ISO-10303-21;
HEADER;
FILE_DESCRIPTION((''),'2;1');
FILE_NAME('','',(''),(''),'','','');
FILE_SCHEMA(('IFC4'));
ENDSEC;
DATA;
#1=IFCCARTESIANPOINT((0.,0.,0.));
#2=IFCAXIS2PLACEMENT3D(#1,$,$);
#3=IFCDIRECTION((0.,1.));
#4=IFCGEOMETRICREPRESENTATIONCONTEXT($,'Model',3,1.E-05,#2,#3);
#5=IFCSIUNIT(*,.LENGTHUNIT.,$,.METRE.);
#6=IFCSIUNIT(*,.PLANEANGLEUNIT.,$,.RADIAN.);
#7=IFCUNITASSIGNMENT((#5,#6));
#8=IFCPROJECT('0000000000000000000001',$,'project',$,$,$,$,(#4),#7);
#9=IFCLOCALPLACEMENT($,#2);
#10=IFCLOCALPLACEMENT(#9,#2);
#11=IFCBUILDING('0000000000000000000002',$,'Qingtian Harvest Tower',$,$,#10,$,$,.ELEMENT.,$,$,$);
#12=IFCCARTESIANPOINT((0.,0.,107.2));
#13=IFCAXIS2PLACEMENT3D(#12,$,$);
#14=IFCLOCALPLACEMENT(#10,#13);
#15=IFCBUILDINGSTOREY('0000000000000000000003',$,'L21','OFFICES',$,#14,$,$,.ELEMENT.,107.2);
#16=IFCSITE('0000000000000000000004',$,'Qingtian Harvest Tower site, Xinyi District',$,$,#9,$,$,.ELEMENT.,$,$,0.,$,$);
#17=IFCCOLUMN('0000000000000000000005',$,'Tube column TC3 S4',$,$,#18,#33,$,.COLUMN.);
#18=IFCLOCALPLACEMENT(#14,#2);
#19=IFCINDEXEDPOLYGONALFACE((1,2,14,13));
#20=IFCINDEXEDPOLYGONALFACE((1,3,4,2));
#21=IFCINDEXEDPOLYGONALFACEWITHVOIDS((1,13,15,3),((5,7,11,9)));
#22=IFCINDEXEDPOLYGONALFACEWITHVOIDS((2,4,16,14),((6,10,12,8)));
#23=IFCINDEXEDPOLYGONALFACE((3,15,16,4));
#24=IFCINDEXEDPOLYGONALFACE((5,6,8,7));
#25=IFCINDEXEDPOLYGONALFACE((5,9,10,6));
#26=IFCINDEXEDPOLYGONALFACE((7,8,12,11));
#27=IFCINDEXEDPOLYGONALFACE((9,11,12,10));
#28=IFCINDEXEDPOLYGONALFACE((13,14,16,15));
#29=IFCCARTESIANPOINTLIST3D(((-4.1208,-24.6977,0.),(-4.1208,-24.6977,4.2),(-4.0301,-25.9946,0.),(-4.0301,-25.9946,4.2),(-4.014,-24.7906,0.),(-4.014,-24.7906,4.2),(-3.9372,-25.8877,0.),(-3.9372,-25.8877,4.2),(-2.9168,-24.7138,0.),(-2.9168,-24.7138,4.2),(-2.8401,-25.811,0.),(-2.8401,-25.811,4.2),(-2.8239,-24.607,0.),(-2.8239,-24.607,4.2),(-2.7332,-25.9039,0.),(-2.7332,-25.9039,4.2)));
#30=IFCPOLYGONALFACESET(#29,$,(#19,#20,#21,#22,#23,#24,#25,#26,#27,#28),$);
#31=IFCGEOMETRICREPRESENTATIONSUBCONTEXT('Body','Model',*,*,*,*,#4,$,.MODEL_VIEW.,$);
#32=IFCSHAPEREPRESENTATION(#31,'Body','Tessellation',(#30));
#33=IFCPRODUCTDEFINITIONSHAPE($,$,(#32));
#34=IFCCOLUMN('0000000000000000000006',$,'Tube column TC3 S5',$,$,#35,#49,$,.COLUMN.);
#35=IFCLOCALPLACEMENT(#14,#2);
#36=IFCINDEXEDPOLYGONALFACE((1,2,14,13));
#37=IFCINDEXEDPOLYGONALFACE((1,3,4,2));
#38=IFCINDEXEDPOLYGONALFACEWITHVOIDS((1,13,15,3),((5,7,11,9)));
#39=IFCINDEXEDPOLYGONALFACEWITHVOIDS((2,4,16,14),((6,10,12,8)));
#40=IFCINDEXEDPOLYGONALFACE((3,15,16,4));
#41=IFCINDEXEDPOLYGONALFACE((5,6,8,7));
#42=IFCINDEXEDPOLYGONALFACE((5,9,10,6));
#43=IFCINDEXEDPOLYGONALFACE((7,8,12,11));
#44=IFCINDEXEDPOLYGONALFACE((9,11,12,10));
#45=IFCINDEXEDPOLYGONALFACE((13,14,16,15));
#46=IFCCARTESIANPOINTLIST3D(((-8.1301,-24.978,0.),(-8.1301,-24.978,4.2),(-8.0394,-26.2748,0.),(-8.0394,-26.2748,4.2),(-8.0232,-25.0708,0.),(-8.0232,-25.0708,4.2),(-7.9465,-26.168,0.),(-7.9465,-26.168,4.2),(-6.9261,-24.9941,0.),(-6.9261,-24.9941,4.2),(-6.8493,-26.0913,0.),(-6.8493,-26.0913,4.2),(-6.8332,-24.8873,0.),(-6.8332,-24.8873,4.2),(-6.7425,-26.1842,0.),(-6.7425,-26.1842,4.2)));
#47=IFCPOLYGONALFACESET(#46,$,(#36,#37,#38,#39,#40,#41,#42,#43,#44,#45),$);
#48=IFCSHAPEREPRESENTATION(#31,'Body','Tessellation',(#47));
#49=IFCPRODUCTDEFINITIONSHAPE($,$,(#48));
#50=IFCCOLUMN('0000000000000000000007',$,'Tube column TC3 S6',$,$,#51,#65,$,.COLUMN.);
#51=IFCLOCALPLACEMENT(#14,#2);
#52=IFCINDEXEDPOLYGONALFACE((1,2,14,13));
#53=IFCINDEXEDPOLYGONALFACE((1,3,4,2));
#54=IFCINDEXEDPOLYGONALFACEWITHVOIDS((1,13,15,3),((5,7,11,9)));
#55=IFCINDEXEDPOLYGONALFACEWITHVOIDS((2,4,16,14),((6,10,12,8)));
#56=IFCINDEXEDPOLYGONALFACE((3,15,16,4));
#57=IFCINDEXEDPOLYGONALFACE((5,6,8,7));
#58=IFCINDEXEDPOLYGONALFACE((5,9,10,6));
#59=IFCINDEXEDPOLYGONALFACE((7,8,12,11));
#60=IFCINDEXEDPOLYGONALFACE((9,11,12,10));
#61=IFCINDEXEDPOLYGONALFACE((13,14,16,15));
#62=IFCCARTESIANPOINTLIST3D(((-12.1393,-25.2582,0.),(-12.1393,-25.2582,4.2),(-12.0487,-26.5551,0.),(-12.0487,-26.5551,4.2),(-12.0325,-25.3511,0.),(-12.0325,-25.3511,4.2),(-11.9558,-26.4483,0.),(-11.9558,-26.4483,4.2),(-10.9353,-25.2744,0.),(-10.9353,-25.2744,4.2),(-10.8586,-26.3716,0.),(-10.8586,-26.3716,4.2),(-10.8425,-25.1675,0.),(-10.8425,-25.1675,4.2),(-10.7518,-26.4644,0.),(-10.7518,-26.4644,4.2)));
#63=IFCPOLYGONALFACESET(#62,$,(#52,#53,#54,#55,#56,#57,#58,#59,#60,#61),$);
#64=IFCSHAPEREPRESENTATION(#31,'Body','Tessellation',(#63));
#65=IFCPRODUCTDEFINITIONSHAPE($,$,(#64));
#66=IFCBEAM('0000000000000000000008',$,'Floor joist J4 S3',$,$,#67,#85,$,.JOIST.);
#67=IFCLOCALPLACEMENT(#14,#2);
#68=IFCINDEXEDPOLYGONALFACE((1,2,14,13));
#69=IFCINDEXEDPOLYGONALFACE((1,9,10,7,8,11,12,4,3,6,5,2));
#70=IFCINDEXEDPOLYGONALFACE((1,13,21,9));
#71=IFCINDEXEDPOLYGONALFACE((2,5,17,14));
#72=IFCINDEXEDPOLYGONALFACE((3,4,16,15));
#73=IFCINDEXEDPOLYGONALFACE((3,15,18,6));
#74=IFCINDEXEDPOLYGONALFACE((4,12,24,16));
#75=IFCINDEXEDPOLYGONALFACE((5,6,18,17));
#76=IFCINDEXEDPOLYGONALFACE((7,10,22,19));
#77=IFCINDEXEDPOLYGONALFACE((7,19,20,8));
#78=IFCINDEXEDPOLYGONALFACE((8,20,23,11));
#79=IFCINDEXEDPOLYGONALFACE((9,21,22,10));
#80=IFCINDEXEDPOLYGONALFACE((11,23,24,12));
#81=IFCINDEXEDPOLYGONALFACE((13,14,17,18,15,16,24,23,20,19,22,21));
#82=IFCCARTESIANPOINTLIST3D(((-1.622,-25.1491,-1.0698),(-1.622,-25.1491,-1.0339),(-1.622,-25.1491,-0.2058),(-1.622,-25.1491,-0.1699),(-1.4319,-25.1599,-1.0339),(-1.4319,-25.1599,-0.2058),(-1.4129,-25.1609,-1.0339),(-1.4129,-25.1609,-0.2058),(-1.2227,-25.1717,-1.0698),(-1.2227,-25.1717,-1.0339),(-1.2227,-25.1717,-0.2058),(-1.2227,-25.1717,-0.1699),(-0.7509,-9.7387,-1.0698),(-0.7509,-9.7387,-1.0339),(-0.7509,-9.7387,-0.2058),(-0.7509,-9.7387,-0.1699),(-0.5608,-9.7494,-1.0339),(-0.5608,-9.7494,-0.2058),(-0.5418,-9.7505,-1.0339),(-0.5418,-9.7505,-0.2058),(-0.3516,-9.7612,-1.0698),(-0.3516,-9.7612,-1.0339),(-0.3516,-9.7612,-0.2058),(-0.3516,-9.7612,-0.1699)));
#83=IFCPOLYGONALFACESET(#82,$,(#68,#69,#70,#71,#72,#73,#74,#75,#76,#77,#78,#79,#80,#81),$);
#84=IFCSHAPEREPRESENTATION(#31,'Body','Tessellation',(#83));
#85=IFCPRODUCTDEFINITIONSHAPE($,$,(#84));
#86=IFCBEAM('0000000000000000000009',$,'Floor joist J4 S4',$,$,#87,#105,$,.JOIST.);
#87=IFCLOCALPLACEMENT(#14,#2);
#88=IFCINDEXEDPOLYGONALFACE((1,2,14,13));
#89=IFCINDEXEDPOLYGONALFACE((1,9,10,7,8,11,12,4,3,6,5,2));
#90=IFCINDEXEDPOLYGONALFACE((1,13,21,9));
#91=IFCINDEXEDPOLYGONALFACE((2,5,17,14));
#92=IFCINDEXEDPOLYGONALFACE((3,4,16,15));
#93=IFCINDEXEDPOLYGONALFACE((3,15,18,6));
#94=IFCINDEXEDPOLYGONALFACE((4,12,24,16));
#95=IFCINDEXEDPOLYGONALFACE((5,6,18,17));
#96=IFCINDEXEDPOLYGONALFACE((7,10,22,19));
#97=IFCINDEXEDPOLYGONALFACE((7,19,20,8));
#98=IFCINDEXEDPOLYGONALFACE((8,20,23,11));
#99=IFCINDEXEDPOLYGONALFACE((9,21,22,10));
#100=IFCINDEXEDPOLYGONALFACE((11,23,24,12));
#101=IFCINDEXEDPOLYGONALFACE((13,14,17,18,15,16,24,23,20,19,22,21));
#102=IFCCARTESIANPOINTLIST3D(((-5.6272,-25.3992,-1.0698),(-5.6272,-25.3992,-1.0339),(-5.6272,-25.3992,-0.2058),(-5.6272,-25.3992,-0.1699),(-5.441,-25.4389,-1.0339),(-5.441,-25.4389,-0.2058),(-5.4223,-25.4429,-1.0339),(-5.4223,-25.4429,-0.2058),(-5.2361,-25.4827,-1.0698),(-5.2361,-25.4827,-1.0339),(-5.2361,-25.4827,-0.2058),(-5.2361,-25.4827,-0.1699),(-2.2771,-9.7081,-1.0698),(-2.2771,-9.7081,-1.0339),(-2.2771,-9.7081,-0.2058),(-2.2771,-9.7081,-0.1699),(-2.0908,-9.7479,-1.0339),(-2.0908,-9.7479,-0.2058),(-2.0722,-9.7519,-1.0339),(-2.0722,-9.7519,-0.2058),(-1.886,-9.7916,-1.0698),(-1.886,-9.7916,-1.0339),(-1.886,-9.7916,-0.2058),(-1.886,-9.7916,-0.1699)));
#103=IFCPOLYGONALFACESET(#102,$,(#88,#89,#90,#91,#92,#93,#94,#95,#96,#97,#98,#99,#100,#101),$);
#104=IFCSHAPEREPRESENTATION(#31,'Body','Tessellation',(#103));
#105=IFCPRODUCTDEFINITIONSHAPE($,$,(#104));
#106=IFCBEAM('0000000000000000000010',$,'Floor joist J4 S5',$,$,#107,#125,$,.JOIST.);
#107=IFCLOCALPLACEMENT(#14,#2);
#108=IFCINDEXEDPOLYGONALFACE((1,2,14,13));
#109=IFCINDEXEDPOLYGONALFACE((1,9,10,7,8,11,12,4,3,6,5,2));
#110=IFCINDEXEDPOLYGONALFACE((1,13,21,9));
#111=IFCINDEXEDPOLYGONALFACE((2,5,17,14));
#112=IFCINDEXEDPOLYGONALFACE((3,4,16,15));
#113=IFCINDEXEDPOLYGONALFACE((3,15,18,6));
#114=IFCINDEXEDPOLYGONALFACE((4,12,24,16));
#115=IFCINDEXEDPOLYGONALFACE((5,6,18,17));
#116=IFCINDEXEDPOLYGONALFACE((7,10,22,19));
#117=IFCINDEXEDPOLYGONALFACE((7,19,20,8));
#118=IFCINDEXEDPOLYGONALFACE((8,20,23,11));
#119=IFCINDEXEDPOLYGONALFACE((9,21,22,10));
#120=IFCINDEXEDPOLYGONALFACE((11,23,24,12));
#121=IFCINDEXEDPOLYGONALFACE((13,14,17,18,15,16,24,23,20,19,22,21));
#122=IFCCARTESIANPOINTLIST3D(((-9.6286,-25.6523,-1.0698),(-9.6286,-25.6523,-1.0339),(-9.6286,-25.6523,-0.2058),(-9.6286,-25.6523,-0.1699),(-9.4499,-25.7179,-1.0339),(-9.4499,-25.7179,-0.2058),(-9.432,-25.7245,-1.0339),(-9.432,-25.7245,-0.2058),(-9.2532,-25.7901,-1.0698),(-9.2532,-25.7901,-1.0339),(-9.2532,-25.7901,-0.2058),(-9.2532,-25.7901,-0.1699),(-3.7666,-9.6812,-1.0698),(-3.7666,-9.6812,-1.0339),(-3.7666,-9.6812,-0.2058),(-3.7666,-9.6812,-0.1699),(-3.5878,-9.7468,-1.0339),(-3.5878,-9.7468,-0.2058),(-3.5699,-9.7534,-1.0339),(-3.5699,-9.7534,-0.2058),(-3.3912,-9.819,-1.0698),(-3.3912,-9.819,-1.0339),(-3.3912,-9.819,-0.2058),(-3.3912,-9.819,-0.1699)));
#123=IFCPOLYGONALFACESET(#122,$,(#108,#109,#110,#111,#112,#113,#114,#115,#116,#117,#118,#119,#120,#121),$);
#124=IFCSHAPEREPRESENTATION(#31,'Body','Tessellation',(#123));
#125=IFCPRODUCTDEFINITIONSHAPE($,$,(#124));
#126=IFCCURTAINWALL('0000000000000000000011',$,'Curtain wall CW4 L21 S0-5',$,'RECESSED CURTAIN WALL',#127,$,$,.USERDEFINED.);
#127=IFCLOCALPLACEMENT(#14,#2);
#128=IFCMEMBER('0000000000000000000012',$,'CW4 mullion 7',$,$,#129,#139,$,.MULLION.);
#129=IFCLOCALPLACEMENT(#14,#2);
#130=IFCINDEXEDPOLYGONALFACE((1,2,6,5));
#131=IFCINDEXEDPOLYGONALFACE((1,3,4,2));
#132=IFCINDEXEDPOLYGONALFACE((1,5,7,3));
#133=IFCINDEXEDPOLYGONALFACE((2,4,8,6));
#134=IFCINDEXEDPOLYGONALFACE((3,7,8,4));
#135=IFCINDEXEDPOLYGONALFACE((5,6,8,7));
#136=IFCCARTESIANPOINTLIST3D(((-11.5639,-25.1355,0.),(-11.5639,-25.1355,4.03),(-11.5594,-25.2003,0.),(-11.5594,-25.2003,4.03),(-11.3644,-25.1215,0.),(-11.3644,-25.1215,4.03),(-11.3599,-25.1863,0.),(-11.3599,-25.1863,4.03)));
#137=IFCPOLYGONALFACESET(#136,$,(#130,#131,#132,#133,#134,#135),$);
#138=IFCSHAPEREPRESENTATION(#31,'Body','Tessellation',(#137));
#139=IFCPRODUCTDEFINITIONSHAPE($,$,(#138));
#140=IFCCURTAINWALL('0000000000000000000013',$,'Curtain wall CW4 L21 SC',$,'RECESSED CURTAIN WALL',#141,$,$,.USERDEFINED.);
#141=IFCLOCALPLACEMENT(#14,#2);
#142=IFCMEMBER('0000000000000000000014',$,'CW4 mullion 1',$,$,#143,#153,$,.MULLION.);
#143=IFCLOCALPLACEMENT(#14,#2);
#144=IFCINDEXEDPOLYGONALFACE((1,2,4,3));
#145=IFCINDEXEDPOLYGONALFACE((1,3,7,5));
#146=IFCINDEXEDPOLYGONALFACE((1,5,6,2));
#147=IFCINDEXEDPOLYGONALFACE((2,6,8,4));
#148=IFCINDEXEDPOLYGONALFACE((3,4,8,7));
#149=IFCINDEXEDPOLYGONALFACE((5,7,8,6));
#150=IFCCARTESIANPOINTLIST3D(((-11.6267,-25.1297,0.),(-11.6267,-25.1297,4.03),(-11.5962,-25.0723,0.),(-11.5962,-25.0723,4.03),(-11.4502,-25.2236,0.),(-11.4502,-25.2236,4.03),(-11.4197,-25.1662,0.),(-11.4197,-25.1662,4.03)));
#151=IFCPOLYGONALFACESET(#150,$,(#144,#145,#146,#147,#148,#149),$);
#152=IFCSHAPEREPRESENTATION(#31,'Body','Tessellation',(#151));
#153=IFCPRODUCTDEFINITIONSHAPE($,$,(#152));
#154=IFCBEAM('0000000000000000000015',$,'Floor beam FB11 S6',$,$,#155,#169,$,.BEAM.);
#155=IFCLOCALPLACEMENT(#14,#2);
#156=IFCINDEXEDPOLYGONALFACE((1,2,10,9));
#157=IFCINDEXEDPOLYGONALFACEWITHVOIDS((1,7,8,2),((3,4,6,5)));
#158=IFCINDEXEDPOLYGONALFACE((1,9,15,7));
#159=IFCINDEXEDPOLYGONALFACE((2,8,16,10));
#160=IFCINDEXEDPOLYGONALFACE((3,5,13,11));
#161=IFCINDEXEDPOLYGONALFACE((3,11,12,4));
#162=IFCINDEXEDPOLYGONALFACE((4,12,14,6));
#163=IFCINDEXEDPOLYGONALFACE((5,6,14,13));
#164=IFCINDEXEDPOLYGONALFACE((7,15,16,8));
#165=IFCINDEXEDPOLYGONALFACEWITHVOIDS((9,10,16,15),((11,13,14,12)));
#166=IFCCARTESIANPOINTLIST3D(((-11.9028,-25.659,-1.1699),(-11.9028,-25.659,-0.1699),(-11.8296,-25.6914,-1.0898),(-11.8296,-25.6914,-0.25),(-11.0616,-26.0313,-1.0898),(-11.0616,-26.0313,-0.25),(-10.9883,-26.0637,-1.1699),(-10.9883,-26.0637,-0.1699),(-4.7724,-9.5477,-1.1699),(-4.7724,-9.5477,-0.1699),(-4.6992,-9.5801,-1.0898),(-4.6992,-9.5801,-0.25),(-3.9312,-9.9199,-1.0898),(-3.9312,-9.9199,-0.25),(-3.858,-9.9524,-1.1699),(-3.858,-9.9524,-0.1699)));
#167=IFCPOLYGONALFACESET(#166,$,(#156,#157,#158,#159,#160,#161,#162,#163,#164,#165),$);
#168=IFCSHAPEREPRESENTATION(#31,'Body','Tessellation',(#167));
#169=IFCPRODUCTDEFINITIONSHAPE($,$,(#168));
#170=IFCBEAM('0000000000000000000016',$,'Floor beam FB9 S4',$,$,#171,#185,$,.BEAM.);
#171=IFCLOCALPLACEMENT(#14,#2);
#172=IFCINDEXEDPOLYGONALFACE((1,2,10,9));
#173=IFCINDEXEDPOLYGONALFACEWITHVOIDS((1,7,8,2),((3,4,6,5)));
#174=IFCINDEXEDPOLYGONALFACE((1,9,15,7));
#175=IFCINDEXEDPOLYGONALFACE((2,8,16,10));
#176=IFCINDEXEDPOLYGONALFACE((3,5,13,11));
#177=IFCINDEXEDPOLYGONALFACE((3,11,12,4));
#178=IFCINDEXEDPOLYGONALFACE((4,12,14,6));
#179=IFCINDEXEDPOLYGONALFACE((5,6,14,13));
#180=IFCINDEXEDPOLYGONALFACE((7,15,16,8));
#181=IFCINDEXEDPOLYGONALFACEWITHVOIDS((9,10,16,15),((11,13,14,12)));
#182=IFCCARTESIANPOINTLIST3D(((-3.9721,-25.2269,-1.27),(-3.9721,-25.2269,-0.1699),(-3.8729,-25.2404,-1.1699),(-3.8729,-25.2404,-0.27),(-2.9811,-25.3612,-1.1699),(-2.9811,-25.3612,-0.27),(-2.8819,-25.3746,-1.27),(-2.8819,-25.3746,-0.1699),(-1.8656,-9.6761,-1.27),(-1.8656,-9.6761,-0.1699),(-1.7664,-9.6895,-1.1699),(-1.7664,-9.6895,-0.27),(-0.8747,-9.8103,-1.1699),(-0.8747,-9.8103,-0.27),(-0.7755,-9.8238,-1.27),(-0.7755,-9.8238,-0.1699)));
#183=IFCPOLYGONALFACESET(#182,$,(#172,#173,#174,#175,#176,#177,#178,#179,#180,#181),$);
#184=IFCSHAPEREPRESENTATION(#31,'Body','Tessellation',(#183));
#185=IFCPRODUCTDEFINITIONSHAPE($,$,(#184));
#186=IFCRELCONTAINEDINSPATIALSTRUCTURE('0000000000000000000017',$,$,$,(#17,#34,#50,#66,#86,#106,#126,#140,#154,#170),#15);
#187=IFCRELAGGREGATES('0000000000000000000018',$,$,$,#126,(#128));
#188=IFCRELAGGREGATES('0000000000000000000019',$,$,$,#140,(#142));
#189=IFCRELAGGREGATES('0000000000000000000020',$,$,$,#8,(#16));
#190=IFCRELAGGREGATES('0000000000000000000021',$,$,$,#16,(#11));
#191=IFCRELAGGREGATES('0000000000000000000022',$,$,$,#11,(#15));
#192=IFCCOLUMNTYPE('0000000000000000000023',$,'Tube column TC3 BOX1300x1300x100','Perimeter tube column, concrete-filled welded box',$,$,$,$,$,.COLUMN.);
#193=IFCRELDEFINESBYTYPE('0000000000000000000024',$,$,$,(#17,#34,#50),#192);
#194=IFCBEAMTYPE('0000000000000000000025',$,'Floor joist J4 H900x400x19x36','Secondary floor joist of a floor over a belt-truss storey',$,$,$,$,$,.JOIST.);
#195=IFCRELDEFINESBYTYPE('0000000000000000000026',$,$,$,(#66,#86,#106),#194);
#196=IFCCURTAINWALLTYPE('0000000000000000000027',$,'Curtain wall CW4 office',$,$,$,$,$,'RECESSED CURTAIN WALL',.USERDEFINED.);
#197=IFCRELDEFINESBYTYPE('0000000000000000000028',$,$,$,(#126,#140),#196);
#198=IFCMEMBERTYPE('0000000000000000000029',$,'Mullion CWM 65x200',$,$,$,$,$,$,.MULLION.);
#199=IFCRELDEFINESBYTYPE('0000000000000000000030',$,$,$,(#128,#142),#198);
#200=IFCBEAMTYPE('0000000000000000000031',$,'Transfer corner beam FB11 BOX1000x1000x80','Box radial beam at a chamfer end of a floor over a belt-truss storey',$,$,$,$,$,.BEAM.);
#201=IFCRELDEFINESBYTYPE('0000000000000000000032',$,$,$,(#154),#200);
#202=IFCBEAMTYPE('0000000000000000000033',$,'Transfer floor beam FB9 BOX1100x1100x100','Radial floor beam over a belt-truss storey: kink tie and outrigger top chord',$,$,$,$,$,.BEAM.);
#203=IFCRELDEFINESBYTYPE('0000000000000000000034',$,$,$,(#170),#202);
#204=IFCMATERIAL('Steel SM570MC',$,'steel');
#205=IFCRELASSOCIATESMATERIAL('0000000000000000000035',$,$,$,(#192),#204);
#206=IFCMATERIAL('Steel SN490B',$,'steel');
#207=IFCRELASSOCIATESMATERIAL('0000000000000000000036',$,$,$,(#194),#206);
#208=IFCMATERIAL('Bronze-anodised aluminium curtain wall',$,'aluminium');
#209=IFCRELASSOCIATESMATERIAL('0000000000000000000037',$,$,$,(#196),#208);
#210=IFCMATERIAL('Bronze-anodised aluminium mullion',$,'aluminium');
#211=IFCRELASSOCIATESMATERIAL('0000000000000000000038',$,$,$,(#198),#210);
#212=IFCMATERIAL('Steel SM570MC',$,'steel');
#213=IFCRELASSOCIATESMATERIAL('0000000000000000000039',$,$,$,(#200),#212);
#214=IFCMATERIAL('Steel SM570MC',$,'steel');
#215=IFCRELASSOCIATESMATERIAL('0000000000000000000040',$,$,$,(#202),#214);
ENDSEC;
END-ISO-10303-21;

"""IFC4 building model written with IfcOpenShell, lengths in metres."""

from ifc_helpers import new_model, si_unit, direction, frame, origin, origin_2d, place, context, subcontext, project, spatial, rectangle, hollow_rectangle, i_section, extrude, material, material_profile, profile_set, type_object, element, aggregate, save


model = new_model("IFC4")

# Units and contexts
model_context = context("Model", 3, precision=1e-05, world=origin(), true_north=direction((0.0, 1.0)))
body_context = subcontext(model_context, "Body", "Model", "MODEL_VIEW")
ifc_project = project(units=[si_unit("LENGTHUNIT", "METRE"), si_unit("PLANEANGLEUNIT", "RADIAN")], contexts=[model_context])

# Site, building, storey
site_placement = place(None, origin())
site = spatial("IfcSite", under=ifc_project, at=site_placement, Name="Qingtian Harvest Tower site, Xinyi District", CompositionType="ELEMENT", RefElevation=0.0)
building_placement = place(site_placement, origin())
building = spatial("IfcBuilding", under=site, at=building_placement, Name="Qingtian Harvest Tower", CompositionType="ELEMENT")
storey_placement = place(building_placement, frame((0.0, 0.0, 107.2)))
storey = spatial("IfcBuildingStorey", under=building, at=storey_placement, Name="L21", Description="OFFICES", CompositionType="ELEMENT", Elevation=107.2)

# Columns
ifc_material_1 = material(Name="Steel SM570MC", Category="steel")
ifc_material_profile_1 = material_profile(ifc_material_1, hollow_rectangle(XDim=1.3, YDim=1.3, WallThickness=0.1001, at=origin_2d()), Name="BOX1300x1300x100")
ifc_profile_set_1 = profile_set([ifc_material_profile_1], Name="Steel SM570MC")
column_type = type_object("IfcColumnType", Name="Tube column TC3 BOX1300x1300x100", Description="Perimeter tube column, concrete-filled welded box", PredefinedType="COLUMN", material=ifc_profile_set_1)
for number, where, z_axis, x_axis, name in (
    (1, (-3.427, -25.3008, 0.0), (0.0, 0.0, 1.0), (0.997564, 0.069756, 0.0), "Tube column TC3 S4"),
    (2, (-7.4363, -25.5811, 0.0), (0.0, 0.0, 1.0), (0.997564, 0.069756, 0.0), "Tube column TC3 S5"),
    (3, (-11.4456, -25.8613, 0.0), (0.0, 0.0, 1.0), (0.997564, 0.069756, 0.0), "Tube column TC3 S6"),
):
    element("IfcColumn", number, at=place(storey_placement, frame(where, z_axis=z_axis, x_axis=x_axis)), inside=storey, type_object=column_type, Name=name, PredefinedType="COLUMN", context=body_context, shape_type="SweptSolid", body=[
        extrude(hollow_rectangle(XDim=1.3, YDim=1.3, WallThickness=0.1001, at=origin_2d()), origin(), (0.0, 0.0, 1.0), 4.2),
    ])

# Beams
ifc_material_2 = material(Name="Steel SN490B", Category="steel")
ifc_material_profile_2 = material_profile(ifc_material_2, i_section(OverallWidth=0.3999, OverallDepth=0.8999, WebThickness=0.019, FlangeThickness=0.0359, at=origin_2d()), Name="H900x400x19x36")
ifc_profile_set_2 = profile_set([ifc_material_profile_2], Name="Steel SN490B")
beam_type_1 = type_object("IfcBeamType", Name="Floor joist J4 H900x400x19x36", Description="Secondary floor joist of a floor over a belt-truss storey", PredefinedType="JOIST", material=ifc_profile_set_2)
beam_1_placement = place(storey_placement, frame((-1.4224, -25.1604, -0.6199), z_axis=(0.056436, 0.998406, 0.0), x_axis=(-0.998406, 0.056436, 0.0)))
element("IfcBeam", 4, at=beam_1_placement, inside=storey, type_object=beam_type_1, Name="Floor joist J4 S3", PredefinedType="JOIST", context=body_context, shape_type="SweptSolid", body=[
    extrude(i_section(OverallWidth=0.3999, OverallDepth=0.8999, WebThickness=0.019, FlangeThickness=0.0359, at=origin_2d()), origin(), (0.0, 0.0, 1.0), 15.4351),
])
beam_2_placement = place(storey_placement, frame((-5.4316, -25.4409, -0.6199), z_axis=(0.2088, 0.977958, 0.0), x_axis=(-0.977958, 0.2088, 0.0)))
element("IfcBeam", 5, at=beam_2_placement, inside=storey, type_object=beam_type_1, Name="Floor joist J4 S4", PredefinedType="JOIST", context=body_context, shape_type="SweptSolid", body=[
    extrude(i_section(OverallWidth=0.3999, OverallDepth=0.8999, WebThickness=0.019, FlangeThickness=0.0359, at=origin_2d()), origin(), (0.0, 0.0, 1.0), 16.0447),
])
beam_3_placement = place(storey_placement, frame((-9.4409, -25.7212, -0.6199), z_axis=(0.344563, 0.938763, 0.0), x_axis=(-0.938763, 0.344563, 0.0)))
element("IfcBeam", 6, at=beam_3_placement, inside=storey, type_object=beam_type_1, Name="Floor joist J4 S5", PredefinedType="JOIST", context=body_context, shape_type="SweptSolid", body=[
    extrude(i_section(OverallWidth=0.3999, OverallDepth=0.8999, WebThickness=0.019, FlangeThickness=0.0359, at=origin_2d()), origin(), (0.0, 0.0, 1.0), 17.0129),
])

# Curtain walls, members
ifc_material_3 = material(Name="Bronze-anodised aluminium curtain wall", Category="aluminium")
curtain_wall_type = type_object("IfcCurtainWallType", Name="Curtain wall CW4 office", ElementType="RECESSED CURTAIN WALL", PredefinedType="USERDEFINED", material=ifc_material_3)
curtain_wall_1_placement = place(storey_placement, origin())
curtain_wall_1 = element("IfcCurtainWall", 7, at=curtain_wall_1_placement, inside=storey, type_object=curtain_wall_type, Name="Curtain wall CW4 L21 S0-5", ObjectType="RECESSED CURTAIN WALL", PredefinedType="USERDEFINED")
ifc_material_4 = material(Name="Bronze-anodised aluminium mullion", Category="aluminium")
ifc_material_profile_3 = material_profile(ifc_material_4, rectangle(XDim=0.0649, YDim=0.2, at=origin_2d()), Name="AL 65x200")
ifc_profile_set_3 = profile_set([ifc_material_profile_3], Name="Bronze-anodised aluminium mullion")
member_type_1 = type_object("IfcMemberType", Name="Mullion CWM 65x200", PredefinedType="MULLION", material=ifc_profile_set_3)
member_1_placement = place(storey_placement, frame((-11.4619, -25.1609, 0.0), z_axis=(0.0, 0.0, 1.0), x_axis=(0.069756, -0.997564, 0.0)))
member_1 = element("IfcMember", 8, at=member_1_placement, type_object=member_type_1, Name="CW4 mullion 7", PredefinedType="MULLION", context=body_context, shape_type="SweptSolid", body=[
    extrude(rectangle(XDim=0.0649, YDim=0.2, at=origin_2d()), origin(), (0.0, 0.0, 1.0), 4.03),
])
aggregate(curtain_wall_1, [member_1])
curtain_wall_2_placement = place(storey_placement, origin())
curtain_wall_2 = element("IfcCurtainWall", 9, at=curtain_wall_2_placement, inside=storey, type_object=curtain_wall_type, Name="Curtain wall CW4 L21 SC", ObjectType="RECESSED CURTAIN WALL", PredefinedType="USERDEFINED")
member_2_placement = place(storey_placement, frame((-11.5232, -25.1479, 0.0), z_axis=(0.0, 0.0, 1.0), x_axis=(-0.469472, -0.882948, 0.0)))
member_2 = element("IfcMember", 10, at=member_2_placement, type_object=member_type_1, Name="CW4 mullion 1", PredefinedType="MULLION", context=body_context, shape_type="SweptSolid", body=[
    extrude(rectangle(XDim=0.0649, YDim=0.2, at=origin_2d()), origin(), (0.0, 0.0, 1.0), 4.03),
])

# Beams
ifc_material_5 = material(Name="Steel SM570MC", Category="steel")
ifc_material_profile_4 = material_profile(ifc_material_5, hollow_rectangle(XDim=1.0, YDim=1.0, WallThickness=0.0801, at=origin_2d()), Name="BOX1000x1000x80")
ifc_profile_set_4 = profile_set([ifc_material_profile_4], Name="Steel SM570MC")
beam_type_2 = type_object("IfcBeamType", Name="Transfer corner beam FB11 BOX1000x1000x80", Description="Box radial beam at a chamfer end of a floor over a belt-truss storey", PredefinedType="BEAM", material=ifc_profile_set_4)
beam_4_placement = place(storey_placement, frame((-11.4456, -25.8613, -0.6699), z_axis=(0.404706, 0.914447, 0.0), x_axis=(-0.914447, 0.404706, 0.0)))
element("IfcBeam", 11, at=beam_4_placement, inside=storey, type_object=beam_type_2, Name="Floor beam FB11 S6", PredefinedType="BEAM", context=body_context, shape_type="SweptSolid", body=[
    extrude(hollow_rectangle(XDim=1.0, YDim=1.0, WallThickness=0.0801, at=origin_2d()), origin(), (0.0, 0.0, 1.0), 17.6187),
])
ifc_material_6 = material(Name="Steel SM570MC", Category="steel")
ifc_material_profile_5 = material_profile(ifc_material_6, hollow_rectangle(XDim=1.1001, YDim=1.1001, WallThickness=0.1001, at=origin_2d()), Name="BOX1100x1100x100")
ifc_profile_set_5 = profile_set([ifc_material_profile_5], Name="Steel SM570MC")
beam_type_3 = type_object("IfcBeamType", Name="Transfer floor beam FB9 BOX1100x1100x100", Description="Radial floor beam over a belt-truss storey: kink tie and outrigger top chord", PredefinedType="BEAM", material=ifc_profile_set_5)
beam_5_placement = place(storey_placement, frame((-3.427, -25.3008, -0.72), z_axis=(0.13423, 0.99095, 0.0), x_axis=(-0.99095, 0.13423, 0.0)))
element("IfcBeam", 12, at=beam_5_placement, inside=storey, type_object=beam_type_3, Name="Floor beam FB9 S4", PredefinedType="BEAM", context=body_context, shape_type="SweptSolid", body=[
    extrude(hollow_rectangle(XDim=1.1001, YDim=1.1001, WallThickness=0.1001, at=origin_2d()), origin(), (0.0, 0.0, 1.0), 15.6929),
])

aggregate(curtain_wall_2, [member_2])

save(model, "model.ifc")
